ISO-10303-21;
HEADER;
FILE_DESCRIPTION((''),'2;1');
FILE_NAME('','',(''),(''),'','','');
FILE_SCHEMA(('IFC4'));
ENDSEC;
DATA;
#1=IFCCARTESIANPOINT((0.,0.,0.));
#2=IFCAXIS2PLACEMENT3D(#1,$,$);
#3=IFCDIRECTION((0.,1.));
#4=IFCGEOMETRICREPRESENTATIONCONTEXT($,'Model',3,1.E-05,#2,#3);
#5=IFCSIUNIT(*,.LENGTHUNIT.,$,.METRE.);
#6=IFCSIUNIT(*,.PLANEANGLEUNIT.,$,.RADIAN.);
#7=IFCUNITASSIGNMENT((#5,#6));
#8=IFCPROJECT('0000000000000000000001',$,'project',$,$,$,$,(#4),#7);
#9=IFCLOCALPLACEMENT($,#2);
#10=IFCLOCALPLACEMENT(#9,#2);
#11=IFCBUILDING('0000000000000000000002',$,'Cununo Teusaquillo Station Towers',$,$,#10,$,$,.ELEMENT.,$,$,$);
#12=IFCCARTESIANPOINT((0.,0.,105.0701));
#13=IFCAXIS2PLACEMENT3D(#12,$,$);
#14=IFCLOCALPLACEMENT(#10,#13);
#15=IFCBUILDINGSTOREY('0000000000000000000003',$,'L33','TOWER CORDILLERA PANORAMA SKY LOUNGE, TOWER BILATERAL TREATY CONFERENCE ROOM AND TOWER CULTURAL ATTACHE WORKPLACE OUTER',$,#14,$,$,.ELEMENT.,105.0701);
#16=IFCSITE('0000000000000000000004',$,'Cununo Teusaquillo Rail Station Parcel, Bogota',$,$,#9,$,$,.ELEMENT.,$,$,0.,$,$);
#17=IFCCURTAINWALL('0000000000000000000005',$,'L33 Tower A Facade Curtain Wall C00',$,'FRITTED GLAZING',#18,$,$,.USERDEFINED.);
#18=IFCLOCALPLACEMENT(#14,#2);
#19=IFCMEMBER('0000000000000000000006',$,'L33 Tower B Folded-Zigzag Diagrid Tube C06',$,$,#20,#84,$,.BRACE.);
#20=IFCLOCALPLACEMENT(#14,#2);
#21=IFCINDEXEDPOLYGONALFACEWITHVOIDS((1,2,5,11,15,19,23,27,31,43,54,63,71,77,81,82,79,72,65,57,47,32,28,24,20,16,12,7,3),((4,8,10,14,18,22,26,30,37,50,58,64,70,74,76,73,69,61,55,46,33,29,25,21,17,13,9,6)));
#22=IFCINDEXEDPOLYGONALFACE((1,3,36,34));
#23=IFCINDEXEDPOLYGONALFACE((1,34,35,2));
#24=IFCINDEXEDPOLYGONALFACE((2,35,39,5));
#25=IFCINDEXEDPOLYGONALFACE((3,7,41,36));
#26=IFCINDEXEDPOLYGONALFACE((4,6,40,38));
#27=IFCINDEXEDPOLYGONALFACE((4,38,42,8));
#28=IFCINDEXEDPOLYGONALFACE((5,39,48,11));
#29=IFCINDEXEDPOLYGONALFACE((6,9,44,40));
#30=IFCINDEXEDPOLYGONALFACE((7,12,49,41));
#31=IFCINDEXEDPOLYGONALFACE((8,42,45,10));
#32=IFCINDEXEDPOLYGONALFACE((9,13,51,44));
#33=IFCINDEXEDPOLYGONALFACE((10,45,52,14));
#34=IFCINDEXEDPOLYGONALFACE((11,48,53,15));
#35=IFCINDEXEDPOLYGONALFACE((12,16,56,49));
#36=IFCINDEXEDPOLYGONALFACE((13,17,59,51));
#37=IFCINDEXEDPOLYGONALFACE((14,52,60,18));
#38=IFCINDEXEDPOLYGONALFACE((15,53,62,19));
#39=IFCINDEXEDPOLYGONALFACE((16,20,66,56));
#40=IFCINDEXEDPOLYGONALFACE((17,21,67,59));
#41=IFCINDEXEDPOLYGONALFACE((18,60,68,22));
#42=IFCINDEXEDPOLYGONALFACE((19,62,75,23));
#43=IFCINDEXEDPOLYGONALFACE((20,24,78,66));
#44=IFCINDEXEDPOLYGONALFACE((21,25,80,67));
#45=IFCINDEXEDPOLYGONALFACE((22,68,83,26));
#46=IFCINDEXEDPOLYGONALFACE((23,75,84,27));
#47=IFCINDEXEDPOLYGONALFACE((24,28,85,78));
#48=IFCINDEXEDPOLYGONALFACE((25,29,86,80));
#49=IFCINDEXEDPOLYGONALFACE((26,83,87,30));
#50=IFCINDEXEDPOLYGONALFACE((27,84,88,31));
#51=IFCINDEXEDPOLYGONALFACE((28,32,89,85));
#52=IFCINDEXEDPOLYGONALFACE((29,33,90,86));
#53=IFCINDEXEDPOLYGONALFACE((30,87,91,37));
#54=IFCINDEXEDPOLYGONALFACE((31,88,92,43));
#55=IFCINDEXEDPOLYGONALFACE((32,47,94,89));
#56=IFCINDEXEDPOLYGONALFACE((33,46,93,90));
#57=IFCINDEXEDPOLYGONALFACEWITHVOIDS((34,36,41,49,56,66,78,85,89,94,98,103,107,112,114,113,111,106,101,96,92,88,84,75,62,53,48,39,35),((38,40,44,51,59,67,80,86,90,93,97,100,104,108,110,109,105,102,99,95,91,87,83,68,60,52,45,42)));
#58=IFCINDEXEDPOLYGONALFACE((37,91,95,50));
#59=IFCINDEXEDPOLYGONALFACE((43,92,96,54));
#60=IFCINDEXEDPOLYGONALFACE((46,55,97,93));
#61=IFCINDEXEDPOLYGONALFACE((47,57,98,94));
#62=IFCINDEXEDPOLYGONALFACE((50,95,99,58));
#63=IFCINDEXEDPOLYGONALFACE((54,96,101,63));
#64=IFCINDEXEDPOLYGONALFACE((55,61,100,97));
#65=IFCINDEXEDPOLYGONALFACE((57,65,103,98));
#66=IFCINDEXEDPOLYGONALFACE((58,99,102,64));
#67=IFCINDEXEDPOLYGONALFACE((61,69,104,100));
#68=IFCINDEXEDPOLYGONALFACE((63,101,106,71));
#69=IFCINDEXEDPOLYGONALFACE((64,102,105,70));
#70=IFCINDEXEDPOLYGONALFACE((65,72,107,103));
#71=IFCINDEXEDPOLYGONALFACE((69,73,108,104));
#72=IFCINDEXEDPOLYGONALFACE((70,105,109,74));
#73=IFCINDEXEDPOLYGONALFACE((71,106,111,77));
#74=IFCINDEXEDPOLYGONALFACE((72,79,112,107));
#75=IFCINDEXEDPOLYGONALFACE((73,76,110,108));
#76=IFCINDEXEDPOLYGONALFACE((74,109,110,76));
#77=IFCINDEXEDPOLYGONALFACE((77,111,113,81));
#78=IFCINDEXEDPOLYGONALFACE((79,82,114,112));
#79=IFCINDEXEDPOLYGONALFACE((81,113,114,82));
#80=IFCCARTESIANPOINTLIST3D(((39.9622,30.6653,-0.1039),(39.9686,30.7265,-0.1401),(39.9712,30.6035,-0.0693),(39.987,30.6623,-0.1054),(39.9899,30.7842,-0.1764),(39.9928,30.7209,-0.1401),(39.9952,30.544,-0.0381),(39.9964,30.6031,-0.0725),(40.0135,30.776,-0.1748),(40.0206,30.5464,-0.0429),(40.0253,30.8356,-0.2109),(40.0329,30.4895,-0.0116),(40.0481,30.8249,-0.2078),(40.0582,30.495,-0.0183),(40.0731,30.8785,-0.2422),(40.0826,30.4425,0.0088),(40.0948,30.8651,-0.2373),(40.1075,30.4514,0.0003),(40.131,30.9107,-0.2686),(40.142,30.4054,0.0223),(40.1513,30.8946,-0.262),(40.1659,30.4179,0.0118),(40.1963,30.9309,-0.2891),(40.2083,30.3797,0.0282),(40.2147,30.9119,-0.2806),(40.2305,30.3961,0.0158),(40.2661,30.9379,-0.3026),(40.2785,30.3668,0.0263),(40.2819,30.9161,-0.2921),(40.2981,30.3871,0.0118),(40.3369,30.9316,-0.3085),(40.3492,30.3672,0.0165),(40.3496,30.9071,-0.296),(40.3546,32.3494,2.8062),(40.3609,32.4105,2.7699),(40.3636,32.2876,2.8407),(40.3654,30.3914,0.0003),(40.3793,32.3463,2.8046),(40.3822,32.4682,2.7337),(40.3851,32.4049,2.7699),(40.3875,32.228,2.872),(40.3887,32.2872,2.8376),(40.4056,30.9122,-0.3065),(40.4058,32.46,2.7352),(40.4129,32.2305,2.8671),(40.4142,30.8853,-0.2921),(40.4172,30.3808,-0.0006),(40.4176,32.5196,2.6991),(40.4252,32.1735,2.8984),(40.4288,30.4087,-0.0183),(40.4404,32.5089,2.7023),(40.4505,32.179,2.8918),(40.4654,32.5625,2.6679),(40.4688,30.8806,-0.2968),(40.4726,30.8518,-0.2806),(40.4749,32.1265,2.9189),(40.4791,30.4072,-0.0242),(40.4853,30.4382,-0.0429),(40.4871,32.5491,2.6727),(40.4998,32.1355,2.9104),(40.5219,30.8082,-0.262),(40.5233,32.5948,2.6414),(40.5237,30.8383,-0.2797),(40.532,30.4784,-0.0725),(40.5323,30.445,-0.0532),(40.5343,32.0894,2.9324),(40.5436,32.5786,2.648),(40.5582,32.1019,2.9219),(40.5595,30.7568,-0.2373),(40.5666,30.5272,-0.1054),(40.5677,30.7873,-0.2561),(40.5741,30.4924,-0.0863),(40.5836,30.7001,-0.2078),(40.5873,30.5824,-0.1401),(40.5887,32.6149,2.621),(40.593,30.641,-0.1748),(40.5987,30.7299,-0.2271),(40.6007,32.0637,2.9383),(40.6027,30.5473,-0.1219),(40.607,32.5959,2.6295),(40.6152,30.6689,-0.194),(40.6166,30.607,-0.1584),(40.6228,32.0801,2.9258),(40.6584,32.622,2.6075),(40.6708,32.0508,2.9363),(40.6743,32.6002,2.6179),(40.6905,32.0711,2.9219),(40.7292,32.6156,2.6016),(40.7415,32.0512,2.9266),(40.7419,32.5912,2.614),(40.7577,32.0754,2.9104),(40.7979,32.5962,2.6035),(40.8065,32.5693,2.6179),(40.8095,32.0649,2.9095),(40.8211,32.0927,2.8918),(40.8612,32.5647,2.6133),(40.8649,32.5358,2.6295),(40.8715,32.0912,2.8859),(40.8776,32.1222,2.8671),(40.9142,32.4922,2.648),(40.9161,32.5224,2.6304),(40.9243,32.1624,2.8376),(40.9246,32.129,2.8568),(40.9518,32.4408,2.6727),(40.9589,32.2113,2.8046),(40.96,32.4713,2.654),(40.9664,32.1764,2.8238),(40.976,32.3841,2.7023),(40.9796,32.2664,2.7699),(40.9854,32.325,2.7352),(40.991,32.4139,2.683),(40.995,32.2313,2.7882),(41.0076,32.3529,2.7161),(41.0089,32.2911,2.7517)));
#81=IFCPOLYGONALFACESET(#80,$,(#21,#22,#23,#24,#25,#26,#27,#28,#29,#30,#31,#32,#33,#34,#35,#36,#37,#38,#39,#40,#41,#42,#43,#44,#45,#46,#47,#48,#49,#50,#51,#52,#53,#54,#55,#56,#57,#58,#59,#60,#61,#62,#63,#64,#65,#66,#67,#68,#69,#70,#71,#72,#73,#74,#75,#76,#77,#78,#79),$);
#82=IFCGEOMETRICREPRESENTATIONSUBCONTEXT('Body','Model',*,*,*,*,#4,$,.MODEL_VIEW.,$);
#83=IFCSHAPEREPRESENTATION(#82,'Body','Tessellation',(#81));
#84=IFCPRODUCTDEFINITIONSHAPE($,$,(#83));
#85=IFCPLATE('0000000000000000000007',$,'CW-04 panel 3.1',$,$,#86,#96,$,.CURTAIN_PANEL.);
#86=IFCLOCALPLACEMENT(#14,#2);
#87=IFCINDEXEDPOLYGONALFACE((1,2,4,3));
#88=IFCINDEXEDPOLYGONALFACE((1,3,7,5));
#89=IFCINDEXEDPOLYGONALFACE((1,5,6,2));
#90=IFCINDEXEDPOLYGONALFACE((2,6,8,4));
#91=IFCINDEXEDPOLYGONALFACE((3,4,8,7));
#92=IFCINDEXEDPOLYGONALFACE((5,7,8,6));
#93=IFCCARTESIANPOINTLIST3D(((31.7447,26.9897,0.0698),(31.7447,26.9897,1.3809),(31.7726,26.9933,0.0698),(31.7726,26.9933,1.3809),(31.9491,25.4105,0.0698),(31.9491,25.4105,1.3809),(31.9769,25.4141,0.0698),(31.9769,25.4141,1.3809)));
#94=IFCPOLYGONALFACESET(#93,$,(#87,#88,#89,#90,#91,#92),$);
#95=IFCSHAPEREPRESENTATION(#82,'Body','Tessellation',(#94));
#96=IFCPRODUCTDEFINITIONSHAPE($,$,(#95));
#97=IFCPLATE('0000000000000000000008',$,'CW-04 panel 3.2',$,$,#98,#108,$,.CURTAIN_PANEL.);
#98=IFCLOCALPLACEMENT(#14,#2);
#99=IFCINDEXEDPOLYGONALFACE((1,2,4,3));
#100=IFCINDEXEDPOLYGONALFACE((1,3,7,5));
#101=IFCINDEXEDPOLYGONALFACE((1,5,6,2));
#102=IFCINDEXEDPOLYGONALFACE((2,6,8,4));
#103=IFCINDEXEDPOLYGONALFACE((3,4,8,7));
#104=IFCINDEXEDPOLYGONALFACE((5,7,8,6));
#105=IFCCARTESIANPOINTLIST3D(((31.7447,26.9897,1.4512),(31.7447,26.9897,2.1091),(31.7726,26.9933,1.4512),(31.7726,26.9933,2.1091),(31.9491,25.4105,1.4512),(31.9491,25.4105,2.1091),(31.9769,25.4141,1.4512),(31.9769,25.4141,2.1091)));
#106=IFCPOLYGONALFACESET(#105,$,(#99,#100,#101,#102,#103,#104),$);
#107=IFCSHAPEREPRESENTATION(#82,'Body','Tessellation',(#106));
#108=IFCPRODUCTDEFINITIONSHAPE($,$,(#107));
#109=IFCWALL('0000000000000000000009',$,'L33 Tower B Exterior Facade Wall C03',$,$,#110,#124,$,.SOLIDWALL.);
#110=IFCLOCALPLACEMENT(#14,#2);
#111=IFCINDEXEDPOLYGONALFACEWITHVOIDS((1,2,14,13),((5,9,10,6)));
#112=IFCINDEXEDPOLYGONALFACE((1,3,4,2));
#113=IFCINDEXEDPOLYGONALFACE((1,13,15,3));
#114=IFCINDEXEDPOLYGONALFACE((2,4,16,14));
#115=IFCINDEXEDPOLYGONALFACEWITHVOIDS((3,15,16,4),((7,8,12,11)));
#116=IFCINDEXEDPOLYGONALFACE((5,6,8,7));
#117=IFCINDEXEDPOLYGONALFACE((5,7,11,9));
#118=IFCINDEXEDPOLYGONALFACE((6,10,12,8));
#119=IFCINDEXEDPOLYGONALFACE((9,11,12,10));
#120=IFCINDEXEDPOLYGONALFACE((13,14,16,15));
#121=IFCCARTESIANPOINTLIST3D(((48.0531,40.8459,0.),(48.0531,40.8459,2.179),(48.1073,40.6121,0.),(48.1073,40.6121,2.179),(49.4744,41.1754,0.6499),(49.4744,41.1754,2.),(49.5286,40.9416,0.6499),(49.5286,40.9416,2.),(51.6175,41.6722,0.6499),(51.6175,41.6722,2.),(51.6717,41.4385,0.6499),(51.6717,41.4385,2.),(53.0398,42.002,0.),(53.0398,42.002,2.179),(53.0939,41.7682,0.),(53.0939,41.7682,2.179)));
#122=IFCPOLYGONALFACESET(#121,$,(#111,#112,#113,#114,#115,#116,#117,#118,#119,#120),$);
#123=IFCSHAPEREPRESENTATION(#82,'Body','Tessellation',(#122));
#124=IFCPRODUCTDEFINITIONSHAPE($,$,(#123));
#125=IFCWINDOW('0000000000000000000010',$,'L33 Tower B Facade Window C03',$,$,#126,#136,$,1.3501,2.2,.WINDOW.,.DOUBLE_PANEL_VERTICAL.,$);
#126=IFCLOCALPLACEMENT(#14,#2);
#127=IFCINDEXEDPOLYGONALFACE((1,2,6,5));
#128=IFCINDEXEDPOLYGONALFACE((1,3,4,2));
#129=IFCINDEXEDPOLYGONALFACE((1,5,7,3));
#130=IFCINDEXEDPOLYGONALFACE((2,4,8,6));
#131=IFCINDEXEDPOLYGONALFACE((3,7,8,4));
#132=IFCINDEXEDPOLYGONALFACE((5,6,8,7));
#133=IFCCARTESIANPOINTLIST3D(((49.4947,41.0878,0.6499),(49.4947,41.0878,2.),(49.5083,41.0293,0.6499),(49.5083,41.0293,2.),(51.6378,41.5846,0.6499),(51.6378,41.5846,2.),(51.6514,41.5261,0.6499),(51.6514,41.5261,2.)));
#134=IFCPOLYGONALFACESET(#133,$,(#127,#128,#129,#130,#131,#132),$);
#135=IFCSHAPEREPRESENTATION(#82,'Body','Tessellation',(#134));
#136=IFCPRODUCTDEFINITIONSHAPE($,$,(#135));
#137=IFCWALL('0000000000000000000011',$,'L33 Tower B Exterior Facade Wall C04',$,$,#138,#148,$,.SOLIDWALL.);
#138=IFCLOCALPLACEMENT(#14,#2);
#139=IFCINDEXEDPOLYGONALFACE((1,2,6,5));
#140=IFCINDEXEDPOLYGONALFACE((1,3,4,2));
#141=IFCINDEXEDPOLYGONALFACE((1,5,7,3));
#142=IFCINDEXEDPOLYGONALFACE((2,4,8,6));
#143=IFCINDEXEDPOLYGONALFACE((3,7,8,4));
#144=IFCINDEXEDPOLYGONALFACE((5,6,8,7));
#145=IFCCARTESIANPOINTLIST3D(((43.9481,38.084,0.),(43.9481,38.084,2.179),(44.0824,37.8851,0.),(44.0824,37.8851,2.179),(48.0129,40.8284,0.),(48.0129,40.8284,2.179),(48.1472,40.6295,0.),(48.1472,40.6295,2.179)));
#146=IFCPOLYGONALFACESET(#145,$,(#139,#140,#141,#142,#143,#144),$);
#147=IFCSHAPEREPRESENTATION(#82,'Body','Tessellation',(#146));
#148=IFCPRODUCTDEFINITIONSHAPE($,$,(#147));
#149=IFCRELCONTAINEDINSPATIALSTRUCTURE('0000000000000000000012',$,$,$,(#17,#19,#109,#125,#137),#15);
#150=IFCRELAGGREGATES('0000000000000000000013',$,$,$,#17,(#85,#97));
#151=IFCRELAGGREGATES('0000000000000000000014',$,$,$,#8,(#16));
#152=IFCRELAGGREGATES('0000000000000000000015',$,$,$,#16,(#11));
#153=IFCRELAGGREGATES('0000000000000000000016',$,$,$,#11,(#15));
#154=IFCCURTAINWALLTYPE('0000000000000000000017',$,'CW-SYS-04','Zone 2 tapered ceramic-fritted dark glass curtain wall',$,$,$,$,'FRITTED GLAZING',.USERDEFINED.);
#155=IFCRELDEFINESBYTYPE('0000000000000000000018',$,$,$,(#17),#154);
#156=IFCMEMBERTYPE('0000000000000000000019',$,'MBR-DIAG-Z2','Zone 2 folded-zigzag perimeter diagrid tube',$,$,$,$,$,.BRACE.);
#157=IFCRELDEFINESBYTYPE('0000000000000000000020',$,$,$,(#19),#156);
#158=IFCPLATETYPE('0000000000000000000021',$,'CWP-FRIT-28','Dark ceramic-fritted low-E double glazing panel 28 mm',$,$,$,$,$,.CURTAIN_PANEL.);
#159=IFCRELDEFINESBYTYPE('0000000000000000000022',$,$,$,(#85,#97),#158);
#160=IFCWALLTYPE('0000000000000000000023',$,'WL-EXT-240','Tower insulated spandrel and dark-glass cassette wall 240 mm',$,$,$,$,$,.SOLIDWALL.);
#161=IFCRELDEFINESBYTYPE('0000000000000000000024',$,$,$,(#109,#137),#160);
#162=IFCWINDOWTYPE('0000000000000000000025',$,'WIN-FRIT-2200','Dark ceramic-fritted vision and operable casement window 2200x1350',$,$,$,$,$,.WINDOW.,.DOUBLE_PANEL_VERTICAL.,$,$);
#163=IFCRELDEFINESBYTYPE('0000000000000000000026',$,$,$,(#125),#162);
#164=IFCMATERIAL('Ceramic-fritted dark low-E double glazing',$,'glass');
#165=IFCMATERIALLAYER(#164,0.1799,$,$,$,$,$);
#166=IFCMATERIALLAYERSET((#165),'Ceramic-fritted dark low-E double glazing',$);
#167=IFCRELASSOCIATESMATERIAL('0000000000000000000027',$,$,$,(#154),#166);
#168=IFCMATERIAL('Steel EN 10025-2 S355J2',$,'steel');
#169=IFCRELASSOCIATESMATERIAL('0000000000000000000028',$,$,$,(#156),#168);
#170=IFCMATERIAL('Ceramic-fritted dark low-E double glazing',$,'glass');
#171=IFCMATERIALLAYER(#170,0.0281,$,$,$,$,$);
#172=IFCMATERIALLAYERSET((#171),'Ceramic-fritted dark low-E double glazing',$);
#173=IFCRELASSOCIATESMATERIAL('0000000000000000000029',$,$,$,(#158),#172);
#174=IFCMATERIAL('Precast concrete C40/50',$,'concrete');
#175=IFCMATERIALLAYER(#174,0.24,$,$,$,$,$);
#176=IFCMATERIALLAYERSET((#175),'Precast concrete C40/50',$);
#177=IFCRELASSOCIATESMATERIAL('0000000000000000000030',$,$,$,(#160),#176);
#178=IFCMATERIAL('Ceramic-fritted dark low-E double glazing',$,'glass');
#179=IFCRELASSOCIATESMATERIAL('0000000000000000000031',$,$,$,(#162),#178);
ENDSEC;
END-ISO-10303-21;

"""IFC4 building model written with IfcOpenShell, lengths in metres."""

from ifc_helpers import new_model, si_unit, direction, frame, frame_2d, origin, origin_2d, place, context, subcontext, project, spatial, rectangle, hollow_circle, extrude, source, transform, mapped, material, layer, layer_set, material_profile, profile_set, type_object, element, fill, aggregate, save


model = new_model("IFC4")

# Units and contexts
model_context = context("Model", 3, precision=1e-05, world=origin(), true_north=direction((0.0, 1.0)))
body_context = subcontext(model_context, "Body", "Model", "MODEL_VIEW")
ifc_project = project(units=[si_unit("LENGTHUNIT", "METRE"), si_unit("PLANEANGLEUNIT", "RADIAN")], contexts=[model_context])

# Site, building, storey
site_placement = place(None, origin())
site = spatial("IfcSite", under=ifc_project, at=site_placement, Name="Cununo Teusaquillo Rail Station Parcel, Bogota", CompositionType="ELEMENT", RefElevation=0.0)
building_placement = place(site_placement, origin())
building = spatial("IfcBuilding", under=site, at=building_placement, Name="Cununo Teusaquillo Station Towers", CompositionType="ELEMENT")
storey_placement = place(building_placement, frame((0.0, 0.0, 105.0701)))
storey = spatial("IfcBuildingStorey", under=building, at=storey_placement, Name="L33", Description="TOWER CORDILLERA PANORAMA SKY LOUNGE, TOWER BILATERAL TREATY CONFERENCE ROOM AND TOWER CULTURAL ATTACHE WORKPLACE OUTER", CompositionType="ELEMENT", Elevation=105.0701)

# Curtain wall
ifc_material_1 = material(Name="Ceramic-fritted dark low-E double glazing", Category="glass")
ifc_layer_1 = layer(ifc_material_1, 0.1799)
ifc_layer_set_1 = layer_set([ifc_layer_1], Name="Ceramic-fritted dark low-E double glazing")
curtain_wall_type = type_object("IfcCurtainWallType", Name="CW-SYS-04", Description="Zone 2 tapered ceramic-fritted dark glass curtain wall", ElementType="FRITTED GLAZING", PredefinedType="USERDEFINED", material=ifc_layer_set_1)
curtain_wall_placement = place(storey_placement, origin())
curtain_wall = element("IfcCurtainWall", 1, at=curtain_wall_placement, inside=storey, type_object=curtain_wall_type, Name="L33 Tower A Facade Curtain Wall C00", ObjectType="FRITTED GLAZING", PredefinedType="USERDEFINED")

# Member
ifc_material_2 = material(Name="Steel EN 10025-2 S355J2", Category="steel")
ifc_material_profile_1 = material_profile(ifc_material_2, hollow_circle(Radius=0.3301, WallThickness=0.0249, at=origin_2d()), Name="CHS 660x25")
ifc_profile_set_1 = profile_set([ifc_material_profile_1], Name="Steel EN 10025-2 S355J2")
member_type_1 = type_object("IfcMemberType", Name="MBR-DIAG-Z2", Description="Zone 2 folded-zigzag perimeter diagrid tube", PredefinedType="BRACE", material=ifc_profile_set_1)
member_1_placement = place(storey_placement, frame((40.29, 30.6516, -0.1401), z_axis=(0.115899, 0.497495, 0.85969), x_axis=(-0.97392, 0.22689, 0.0)))
element("IfcMember", 2, at=member_1_placement, inside=storey, type_object=member_type_1, Name="L33 Tower B Folded-Zigzag Diagrid Tube C06", PredefinedType="BRACE", context=body_context, shape_type="SweptSolid", body=[
    extrude(hollow_circle(Radius=0.3301, WallThickness=0.0249, at=origin_2d()), origin(), (0.0, 0.0, 1.0), 3.385),
])

# Plates
ifc_material_3 = material(Name="Ceramic-fritted dark low-E double glazing", Category="glass")
ifc_layer_2 = layer(ifc_material_3, 0.0281)
ifc_layer_set_2 = layer_set([ifc_layer_2], Name="Ceramic-fritted dark low-E double glazing")
plate_type = type_object("IfcPlateType", Name="CWP-FRIT-28", Description="Dark ceramic-fritted low-E double glazing panel 28 mm", PredefinedType="CURTAIN_PANEL", material=ifc_layer_set_2)
shared_shape_1 = source(origin(), body_context, "Body", "SweptSolid", [
    extrude(rectangle(XDim=1.5923, YDim=0.0281, at=origin_2d()), origin(), (0.0, 0.0, 1.0), 1.311),
])
plate_1_placement = place(storey_placement, frame((31.8608, 26.2019, 0.0698), z_axis=(0.0, 0.0, 1.0), x_axis=(0.128336, -0.991731, 0.0)))
plate_1 = element("IfcPlate", 3, at=plate_1_placement, type_object=plate_type, Name="CW-04 panel 3.1", PredefinedType="CURTAIN_PANEL", context=body_context, shape_type="MappedRepresentation", body=[
    mapped(shared_shape_1, transform((0.0, 0.0, 0.0), x_axis=(1.0, 0.0, 0.0), y_axis=(0.0, 1.0, 0.0), z_axis=(0.0, 0.0, 1.0), scale=1.0)),
])
shared_shape_2 = source(origin(), body_context, "Body", "SweptSolid", [
    extrude(rectangle(XDim=1.5923, YDim=0.0281, at=origin_2d()), origin(), (0.0, 0.0, 1.0), 0.658),
])
plate_2_placement = place(storey_placement, frame((31.8608, 26.2019, 1.4512), z_axis=(0.0, 0.0, 1.0), x_axis=(0.128336, -0.991731, 0.0)))
plate_2 = element("IfcPlate", 4, at=plate_2_placement, type_object=plate_type, Name="CW-04 panel 3.2", PredefinedType="CURTAIN_PANEL", context=body_context, shape_type="MappedRepresentation", body=[
    mapped(shared_shape_2, transform((0.0, 0.0, 0.0), x_axis=(1.0, 0.0, 0.0), y_axis=(0.0, 1.0, 0.0), z_axis=(0.0, 0.0, 1.0), scale=1.0)),
])
aggregate(curtain_wall, [plate_1, plate_2])

# Wall, opening, window
ifc_material_4 = material(Name="Precast concrete C40/50", Category="concrete")
ifc_layer_3 = layer(ifc_material_4, 0.24)
ifc_layer_set_3 = layer_set([ifc_layer_3], Name="Precast concrete C40/50")
wall_type_1 = type_object("IfcWallType", Name="WL-EXT-240", Description="Tower insulated spandrel and dark-glass cassette wall 240 mm", PredefinedType="SOLIDWALL", material=ifc_layer_set_3)
wall_1_placement = place(storey_placement, frame((48.0801, 40.729, 0.0), z_axis=(0.0, 0.0, 1.0), x_axis=(0.974166, 0.225835, 0.0)))
wall_1 = element("IfcWall", 5, at=wall_1_placement, inside=storey, type_object=wall_type_1, Name="L33 Tower B Exterior Facade Wall C03", PredefinedType="SOLIDWALL", context=body_context, shape_type="SweptSolid", body=[
    extrude(rectangle(XDim=5.1189, YDim=0.24, at=frame_2d((2.5596, 0.0))), origin(), (0.0, 0.0, 1.0), 2.179),
])
shared_shape_3 = source(origin(), body_context, "Body", "SweptSolid", [
    extrude(rectangle(XDim=2.2, YDim=1.3501, at=frame_2d((1.1001, 0.675))), frame((0.0, 0.1299, 0.0), z_axis=(0.0, -1.0, 0.0), x_axis=(1.0, 0.0, 0.0)), (0.0, 0.0, 1.0), 0.26),
])
opening_1_placement = place(wall_1_placement, frame((1.459, 0.0, 0.6499)))
opening_1 = element("IfcOpeningElement", 6, at=opening_1_placement, cuts=wall_1, PredefinedType="OPENING", context=body_context, shape_type="MappedRepresentation", body=[
    mapped(shared_shape_3, transform((0.0, 0.0, 0.0), x_axis=(1.0, 0.0, 0.0), y_axis=(0.0, 1.0, 0.0), z_axis=(0.0, 0.0, 1.0), scale=1.0)),
])
ifc_material_5 = material(Name="Ceramic-fritted dark low-E double glazing", Category="glass")
window_type_1 = type_object("IfcWindowType", Name="WIN-FRIT-2200", Description="Dark ceramic-fritted vision and operable casement window 2200x1350", PartitioningType="DOUBLE_PANEL_VERTICAL", PredefinedType="WINDOW", material=ifc_material_5)
shared_shape_4 = source(origin(), body_context, "Body", "SweptSolid", [
    extrude(rectangle(XDim=2.2, YDim=1.3501, at=frame_2d((1.1001, 0.675))), frame((0.0, 0.03, 0.0), z_axis=(0.0, -1.0, 0.0), x_axis=(1.0, 0.0, 0.0)), (0.0, 0.0, 1.0), 0.0601),
])
window_1_placement = place(opening_1_placement, origin())
window_1 = element("IfcWindow", 7, at=window_1_placement, inside=storey, type_object=window_type_1, Name="L33 Tower B Facade Window C03", OverallHeight=1.3501, OverallWidth=2.2, PartitioningType="DOUBLE_PANEL_VERTICAL", PredefinedType="WINDOW", context=body_context, shape_type="MappedRepresentation", body=[
    mapped(shared_shape_4, transform((0.0, 0.0, 0.0), x_axis=(1.0, 0.0, 0.0), y_axis=(0.0, 1.0, 0.0), z_axis=(0.0, 0.0, 1.0), scale=1.0)),
])
fill(opening_1, window_1)

# Wall
wall_2_placement = place(storey_placement, frame((44.0154, 37.9846, 0.0), z_axis=(0.0, 0.0, 1.0), x_axis=(0.828781, 0.559573, 0.0)))
element("IfcWall", 8, at=wall_2_placement, inside=storey, type_object=wall_type_1, Name="L33 Tower B Exterior Facade Wall C04", PredefinedType="SOLIDWALL", context=body_context, shape_type="SweptSolid", body=[
    extrude(rectangle(XDim=4.9045, YDim=0.24, at=frame_2d((2.4521, 0.0))), origin(), (0.0, 0.0, 1.0), 2.179),
])

save(model, "model.ifc")
